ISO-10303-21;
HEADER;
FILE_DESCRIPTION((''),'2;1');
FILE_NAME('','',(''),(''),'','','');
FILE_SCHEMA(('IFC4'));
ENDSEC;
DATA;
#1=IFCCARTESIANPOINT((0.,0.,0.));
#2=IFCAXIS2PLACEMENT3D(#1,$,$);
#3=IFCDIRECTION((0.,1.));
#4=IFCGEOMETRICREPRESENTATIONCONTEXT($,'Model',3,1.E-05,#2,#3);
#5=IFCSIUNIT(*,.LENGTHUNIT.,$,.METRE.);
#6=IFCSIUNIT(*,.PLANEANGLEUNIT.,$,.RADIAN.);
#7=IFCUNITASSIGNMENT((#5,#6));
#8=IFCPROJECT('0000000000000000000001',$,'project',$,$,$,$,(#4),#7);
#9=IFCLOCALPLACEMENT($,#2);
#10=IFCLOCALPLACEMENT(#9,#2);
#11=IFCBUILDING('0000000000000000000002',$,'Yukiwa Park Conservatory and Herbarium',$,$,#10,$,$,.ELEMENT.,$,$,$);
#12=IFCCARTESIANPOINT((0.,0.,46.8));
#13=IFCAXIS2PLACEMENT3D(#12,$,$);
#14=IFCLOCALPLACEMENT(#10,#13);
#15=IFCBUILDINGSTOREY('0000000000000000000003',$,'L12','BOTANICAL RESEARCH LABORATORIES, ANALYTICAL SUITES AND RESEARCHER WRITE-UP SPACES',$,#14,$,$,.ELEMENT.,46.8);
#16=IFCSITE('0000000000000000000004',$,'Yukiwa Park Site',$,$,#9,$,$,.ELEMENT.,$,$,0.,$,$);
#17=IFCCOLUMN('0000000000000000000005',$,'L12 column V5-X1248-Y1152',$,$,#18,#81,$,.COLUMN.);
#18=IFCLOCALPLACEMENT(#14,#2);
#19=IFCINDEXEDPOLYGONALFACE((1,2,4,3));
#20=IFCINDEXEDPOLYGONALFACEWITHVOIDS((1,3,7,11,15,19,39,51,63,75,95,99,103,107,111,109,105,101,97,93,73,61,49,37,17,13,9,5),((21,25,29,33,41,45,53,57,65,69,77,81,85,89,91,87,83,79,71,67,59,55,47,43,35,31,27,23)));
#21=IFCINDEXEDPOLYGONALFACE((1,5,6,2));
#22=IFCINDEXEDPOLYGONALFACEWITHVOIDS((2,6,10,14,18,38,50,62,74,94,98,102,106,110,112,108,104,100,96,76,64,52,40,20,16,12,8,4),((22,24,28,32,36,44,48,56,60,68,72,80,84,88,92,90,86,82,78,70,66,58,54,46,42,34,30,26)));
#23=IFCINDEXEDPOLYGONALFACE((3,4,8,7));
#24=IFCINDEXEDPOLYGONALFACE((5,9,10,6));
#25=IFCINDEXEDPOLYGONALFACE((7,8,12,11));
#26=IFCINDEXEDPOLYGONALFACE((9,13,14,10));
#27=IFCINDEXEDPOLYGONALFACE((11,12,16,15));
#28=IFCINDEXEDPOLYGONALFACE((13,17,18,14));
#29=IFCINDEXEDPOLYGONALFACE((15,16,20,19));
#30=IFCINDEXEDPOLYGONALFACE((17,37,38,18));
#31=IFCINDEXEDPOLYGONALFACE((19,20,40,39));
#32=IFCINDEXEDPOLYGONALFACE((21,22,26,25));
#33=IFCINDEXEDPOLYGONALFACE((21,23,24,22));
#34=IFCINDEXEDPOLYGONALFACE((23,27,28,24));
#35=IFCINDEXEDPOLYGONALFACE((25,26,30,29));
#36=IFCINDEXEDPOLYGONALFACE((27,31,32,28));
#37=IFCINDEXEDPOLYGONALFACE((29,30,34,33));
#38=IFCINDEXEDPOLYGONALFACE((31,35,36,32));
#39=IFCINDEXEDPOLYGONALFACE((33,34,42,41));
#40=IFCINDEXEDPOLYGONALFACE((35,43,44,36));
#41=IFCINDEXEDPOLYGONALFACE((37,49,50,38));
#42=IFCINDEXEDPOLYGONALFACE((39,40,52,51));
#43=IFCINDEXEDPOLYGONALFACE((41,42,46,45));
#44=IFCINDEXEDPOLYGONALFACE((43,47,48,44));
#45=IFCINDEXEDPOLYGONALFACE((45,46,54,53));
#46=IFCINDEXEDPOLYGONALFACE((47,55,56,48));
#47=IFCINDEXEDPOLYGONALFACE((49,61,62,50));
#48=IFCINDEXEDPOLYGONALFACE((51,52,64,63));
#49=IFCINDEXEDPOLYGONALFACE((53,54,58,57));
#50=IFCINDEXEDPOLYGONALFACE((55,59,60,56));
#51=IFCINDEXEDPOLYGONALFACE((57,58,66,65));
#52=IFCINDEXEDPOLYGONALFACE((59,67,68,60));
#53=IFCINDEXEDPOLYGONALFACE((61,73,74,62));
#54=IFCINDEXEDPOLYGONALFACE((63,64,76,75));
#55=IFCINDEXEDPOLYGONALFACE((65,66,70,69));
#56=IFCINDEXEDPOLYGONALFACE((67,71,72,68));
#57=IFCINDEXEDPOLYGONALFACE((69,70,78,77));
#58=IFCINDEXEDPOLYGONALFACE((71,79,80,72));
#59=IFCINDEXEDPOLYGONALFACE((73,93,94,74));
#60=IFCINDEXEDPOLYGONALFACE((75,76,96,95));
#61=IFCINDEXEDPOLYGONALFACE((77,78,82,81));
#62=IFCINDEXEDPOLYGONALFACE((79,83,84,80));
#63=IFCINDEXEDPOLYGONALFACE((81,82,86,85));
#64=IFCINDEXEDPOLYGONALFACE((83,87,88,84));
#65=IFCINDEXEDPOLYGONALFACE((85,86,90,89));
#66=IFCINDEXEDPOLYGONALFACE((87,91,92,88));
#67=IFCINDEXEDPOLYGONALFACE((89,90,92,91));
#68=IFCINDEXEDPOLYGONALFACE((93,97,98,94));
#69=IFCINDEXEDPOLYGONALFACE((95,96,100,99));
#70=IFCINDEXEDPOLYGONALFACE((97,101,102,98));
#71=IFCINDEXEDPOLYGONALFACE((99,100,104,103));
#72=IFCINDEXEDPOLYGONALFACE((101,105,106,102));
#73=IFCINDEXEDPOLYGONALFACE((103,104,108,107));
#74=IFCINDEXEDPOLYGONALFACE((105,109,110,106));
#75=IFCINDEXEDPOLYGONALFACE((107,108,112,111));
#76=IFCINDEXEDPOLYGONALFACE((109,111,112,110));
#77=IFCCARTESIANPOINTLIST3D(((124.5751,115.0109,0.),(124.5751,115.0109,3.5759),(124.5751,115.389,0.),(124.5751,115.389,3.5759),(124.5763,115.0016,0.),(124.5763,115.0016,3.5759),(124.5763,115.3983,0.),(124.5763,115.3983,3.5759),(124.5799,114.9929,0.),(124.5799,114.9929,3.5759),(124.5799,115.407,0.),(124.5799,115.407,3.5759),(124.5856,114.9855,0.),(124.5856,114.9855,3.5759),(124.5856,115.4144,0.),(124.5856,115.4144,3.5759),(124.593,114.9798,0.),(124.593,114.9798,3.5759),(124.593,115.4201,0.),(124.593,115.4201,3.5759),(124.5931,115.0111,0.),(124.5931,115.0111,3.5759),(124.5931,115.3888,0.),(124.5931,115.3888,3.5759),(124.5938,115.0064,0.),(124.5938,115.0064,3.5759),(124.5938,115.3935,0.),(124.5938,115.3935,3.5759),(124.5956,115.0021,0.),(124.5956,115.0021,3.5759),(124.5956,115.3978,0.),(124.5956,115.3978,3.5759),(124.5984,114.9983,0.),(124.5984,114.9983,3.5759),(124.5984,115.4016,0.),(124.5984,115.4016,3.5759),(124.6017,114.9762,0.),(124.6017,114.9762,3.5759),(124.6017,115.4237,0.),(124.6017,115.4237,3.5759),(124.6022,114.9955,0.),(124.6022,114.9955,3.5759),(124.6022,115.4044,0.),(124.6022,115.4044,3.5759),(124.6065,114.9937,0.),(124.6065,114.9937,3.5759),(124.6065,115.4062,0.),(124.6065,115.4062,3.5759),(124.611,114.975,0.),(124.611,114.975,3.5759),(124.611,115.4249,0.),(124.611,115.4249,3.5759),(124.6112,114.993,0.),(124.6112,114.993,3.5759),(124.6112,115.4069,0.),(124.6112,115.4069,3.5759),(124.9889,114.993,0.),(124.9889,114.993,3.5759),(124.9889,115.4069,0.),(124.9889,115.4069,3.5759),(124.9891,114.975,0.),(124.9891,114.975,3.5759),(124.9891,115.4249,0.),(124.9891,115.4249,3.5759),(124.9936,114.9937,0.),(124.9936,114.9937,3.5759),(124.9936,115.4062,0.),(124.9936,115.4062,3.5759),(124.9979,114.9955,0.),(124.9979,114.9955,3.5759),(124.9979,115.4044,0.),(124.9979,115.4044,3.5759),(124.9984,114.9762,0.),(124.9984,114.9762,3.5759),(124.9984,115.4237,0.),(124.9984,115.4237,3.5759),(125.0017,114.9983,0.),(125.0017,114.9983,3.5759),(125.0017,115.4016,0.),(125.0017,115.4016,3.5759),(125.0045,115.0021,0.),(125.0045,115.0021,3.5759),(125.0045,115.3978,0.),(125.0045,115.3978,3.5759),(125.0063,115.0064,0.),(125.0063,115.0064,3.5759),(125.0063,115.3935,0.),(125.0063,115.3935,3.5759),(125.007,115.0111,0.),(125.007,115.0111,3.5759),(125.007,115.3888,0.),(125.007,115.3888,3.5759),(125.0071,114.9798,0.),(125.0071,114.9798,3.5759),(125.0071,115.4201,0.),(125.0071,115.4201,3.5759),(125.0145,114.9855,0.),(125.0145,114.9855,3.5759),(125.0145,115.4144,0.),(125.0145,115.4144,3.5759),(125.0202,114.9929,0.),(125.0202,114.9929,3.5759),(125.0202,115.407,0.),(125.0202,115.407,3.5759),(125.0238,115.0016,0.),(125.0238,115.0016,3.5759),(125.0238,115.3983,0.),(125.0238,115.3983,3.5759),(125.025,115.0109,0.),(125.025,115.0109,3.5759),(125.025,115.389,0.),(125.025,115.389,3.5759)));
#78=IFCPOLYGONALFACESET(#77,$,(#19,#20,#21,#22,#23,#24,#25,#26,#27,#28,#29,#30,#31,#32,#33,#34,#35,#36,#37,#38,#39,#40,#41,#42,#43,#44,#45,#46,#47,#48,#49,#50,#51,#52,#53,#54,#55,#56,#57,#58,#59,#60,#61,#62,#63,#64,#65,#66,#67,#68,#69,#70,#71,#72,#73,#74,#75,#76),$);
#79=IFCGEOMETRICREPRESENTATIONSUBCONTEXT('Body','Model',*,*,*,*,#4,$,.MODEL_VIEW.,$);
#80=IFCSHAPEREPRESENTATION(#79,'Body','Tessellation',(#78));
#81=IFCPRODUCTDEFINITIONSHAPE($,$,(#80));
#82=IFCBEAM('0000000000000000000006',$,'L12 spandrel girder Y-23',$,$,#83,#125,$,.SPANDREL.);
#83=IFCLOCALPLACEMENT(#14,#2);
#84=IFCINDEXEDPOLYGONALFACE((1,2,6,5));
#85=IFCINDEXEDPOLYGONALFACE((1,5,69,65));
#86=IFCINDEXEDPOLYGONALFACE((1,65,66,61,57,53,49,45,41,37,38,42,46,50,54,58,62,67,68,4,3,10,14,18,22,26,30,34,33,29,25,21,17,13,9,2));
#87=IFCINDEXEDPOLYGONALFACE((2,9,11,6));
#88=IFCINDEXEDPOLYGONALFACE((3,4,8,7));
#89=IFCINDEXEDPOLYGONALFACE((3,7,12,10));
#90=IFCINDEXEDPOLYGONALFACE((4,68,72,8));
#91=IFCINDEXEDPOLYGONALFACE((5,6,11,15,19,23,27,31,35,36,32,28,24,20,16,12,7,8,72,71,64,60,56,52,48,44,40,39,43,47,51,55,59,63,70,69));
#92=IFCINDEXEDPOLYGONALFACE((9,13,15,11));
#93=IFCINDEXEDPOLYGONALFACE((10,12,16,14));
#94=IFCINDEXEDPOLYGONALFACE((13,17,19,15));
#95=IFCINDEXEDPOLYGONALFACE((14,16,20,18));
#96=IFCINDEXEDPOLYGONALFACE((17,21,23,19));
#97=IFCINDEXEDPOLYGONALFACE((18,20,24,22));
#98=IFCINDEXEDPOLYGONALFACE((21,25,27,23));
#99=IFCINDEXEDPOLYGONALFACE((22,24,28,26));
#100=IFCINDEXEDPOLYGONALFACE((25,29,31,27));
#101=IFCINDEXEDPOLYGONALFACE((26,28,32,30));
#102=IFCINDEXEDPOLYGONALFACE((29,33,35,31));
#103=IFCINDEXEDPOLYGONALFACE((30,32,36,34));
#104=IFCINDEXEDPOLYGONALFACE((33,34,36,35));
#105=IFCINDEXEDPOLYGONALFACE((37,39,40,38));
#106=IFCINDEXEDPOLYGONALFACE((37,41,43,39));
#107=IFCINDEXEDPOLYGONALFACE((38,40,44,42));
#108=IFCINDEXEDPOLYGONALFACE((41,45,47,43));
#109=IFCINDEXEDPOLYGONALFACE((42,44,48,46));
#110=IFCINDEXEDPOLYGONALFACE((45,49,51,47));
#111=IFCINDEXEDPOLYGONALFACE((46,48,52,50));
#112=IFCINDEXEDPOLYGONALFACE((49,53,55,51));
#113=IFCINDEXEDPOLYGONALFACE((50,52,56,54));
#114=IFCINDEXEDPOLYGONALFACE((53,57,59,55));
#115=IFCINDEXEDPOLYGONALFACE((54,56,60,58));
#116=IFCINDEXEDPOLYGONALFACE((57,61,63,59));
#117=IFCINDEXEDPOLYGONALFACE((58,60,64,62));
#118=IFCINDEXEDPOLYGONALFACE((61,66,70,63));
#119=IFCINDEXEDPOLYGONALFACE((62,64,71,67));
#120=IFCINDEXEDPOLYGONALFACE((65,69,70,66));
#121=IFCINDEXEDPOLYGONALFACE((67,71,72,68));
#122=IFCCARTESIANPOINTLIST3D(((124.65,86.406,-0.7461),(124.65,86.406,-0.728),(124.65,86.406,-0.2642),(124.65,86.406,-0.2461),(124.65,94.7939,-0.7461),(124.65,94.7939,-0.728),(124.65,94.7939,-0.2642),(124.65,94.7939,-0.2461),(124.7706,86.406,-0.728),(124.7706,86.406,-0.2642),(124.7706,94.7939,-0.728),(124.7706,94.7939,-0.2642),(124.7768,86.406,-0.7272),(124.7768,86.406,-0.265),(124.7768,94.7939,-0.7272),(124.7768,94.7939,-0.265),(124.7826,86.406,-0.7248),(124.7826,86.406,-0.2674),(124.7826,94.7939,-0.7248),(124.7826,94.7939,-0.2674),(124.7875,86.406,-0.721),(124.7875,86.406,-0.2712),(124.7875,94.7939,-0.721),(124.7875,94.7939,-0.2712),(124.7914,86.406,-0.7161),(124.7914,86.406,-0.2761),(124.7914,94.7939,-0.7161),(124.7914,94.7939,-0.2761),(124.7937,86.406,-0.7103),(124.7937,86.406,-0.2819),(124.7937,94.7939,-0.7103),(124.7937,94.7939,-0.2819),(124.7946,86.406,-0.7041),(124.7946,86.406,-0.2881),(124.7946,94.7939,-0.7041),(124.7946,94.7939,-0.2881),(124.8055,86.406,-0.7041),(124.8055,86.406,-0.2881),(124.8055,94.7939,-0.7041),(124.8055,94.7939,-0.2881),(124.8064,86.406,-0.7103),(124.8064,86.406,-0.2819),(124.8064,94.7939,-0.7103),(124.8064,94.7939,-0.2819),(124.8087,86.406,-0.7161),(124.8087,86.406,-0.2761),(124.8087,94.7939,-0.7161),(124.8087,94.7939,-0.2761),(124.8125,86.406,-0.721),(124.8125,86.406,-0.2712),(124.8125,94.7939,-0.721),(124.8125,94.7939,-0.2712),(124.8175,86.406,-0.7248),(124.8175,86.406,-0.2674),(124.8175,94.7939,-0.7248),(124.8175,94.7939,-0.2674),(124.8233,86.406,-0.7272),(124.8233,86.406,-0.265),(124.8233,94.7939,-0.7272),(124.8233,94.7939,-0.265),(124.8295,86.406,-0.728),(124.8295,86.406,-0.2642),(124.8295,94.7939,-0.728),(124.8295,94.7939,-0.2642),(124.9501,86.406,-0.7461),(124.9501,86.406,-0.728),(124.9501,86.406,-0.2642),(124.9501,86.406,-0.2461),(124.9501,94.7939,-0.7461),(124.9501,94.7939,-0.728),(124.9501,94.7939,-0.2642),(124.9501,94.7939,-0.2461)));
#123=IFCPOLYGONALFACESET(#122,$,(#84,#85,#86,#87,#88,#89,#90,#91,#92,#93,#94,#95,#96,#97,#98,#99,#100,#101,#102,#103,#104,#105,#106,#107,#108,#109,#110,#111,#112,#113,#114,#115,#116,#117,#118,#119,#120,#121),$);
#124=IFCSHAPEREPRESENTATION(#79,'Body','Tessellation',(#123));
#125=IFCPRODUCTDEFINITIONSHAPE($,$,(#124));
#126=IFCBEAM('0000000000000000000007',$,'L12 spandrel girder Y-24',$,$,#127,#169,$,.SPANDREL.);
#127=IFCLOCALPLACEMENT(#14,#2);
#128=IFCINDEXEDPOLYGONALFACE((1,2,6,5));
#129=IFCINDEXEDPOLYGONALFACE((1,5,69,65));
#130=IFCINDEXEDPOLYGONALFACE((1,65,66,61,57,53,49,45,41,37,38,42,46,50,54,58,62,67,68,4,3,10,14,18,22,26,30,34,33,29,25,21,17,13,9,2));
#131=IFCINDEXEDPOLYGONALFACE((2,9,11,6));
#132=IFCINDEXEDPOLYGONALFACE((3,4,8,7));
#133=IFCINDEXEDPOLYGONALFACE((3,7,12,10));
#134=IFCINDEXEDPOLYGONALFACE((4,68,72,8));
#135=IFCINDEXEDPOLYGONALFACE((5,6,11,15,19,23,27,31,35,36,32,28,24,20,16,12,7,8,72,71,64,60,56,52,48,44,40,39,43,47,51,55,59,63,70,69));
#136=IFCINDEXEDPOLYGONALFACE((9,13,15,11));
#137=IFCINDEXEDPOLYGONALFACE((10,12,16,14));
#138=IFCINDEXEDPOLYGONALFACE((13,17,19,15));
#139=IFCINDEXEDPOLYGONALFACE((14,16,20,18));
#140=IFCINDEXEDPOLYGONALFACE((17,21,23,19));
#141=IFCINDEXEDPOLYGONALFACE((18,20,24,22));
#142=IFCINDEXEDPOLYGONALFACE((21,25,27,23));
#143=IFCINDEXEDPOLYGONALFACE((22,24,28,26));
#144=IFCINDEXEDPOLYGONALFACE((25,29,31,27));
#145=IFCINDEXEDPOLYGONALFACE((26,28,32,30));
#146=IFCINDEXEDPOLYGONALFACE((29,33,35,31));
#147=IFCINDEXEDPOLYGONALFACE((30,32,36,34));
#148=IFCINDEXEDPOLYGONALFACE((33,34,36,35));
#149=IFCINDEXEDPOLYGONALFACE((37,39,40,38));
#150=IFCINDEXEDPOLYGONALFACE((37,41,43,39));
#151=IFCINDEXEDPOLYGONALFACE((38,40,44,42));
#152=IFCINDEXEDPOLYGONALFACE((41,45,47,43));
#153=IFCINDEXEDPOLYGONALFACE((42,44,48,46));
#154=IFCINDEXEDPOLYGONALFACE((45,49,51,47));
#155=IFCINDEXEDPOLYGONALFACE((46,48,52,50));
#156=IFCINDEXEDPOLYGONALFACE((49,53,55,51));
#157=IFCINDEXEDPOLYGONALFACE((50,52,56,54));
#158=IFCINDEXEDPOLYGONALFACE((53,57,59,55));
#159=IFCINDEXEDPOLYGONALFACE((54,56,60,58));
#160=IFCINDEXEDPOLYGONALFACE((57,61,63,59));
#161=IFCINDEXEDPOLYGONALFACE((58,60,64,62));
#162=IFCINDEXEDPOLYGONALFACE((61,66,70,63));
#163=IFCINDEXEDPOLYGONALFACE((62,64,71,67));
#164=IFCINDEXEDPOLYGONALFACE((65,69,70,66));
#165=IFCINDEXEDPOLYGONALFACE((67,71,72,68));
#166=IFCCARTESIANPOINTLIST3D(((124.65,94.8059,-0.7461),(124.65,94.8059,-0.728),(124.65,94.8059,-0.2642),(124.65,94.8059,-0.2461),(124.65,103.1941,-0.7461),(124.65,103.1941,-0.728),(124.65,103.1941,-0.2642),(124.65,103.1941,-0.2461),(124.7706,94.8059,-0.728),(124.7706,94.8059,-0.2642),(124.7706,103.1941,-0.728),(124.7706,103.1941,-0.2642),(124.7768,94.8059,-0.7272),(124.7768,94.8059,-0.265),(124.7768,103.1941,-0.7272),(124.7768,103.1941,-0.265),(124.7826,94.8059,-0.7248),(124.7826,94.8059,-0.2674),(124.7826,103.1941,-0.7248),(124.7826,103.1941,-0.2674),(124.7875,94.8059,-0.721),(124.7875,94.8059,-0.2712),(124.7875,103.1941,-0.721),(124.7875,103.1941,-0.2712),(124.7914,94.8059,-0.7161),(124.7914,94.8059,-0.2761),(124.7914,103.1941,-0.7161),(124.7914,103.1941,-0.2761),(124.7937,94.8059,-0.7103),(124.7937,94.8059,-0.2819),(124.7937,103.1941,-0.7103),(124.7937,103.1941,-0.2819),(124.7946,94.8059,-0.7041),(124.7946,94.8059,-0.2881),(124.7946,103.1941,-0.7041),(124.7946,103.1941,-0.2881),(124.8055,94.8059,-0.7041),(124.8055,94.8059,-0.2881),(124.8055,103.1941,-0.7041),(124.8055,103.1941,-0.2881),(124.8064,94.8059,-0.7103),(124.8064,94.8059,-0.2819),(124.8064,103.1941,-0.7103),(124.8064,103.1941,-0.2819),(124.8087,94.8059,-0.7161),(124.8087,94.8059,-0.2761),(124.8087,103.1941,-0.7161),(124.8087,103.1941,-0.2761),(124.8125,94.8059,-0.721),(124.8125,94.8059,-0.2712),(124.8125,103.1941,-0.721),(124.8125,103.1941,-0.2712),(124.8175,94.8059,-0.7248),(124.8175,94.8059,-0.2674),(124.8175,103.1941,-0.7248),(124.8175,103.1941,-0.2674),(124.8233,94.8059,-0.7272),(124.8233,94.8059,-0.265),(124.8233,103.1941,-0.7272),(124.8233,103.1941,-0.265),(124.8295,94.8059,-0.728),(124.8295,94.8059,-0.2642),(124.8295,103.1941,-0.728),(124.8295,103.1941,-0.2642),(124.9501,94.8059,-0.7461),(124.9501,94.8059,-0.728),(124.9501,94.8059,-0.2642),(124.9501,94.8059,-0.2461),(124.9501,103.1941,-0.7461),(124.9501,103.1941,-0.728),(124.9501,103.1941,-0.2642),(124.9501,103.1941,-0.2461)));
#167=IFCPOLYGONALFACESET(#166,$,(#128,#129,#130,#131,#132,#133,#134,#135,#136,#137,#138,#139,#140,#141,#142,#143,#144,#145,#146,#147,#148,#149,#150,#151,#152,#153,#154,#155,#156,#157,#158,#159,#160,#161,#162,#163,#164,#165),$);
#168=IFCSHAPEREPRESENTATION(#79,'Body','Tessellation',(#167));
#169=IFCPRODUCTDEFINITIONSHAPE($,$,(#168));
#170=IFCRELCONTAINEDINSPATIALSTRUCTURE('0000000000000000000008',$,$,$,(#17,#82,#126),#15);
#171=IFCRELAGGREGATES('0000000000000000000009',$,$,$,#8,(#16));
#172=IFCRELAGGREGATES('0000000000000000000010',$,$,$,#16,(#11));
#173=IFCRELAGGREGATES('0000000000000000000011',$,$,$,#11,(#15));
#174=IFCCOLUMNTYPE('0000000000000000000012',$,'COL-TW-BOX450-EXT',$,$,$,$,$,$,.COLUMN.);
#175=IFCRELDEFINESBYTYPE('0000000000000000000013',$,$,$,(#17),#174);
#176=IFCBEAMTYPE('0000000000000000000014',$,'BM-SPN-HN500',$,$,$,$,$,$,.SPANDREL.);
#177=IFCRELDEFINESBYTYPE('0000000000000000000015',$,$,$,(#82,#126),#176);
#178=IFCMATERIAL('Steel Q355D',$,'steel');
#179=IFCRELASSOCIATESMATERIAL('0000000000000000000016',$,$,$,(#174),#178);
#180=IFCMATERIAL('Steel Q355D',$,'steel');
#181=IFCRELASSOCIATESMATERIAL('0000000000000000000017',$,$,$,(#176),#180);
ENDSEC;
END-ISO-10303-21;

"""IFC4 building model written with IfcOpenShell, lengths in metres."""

from ifc_helpers import new_model, si_unit, direction, frame, origin, origin_2d, place, context, subcontext, project, spatial, hollow_rectangle, i_section, extrude, material, material_profile, profile_set, type_object, element, save


model = new_model("IFC4")

# Units and contexts
model_context = context("Model", 3, precision=1e-05, world=origin(), true_north=direction((0.0, 1.0)))
body_context = subcontext(model_context, "Body", "Model", "MODEL_VIEW")
ifc_project = project(units=[si_unit("LENGTHUNIT", "METRE"), si_unit("PLANEANGLEUNIT", "RADIAN")], contexts=[model_context])

# Site, building, storey
site_placement = place(None, origin())
site = spatial("IfcSite", under=ifc_project, at=site_placement, Name="Yukiwa Park Site", CompositionType="ELEMENT", RefElevation=0.0)
building_placement = place(site_placement, origin())
building = spatial("IfcBuilding", under=site, at=building_placement, Name="Yukiwa Park Conservatory and Herbarium", CompositionType="ELEMENT")
storey_placement = place(building_placement, frame((0.0, 0.0, 46.8)))
storey = spatial("IfcBuildingStorey", under=building, at=storey_placement, Name="L12", Description="BOTANICAL RESEARCH LABORATORIES, ANALYTICAL SUITES AND RESEARCHER WRITE-UP SPACES", CompositionType="ELEMENT", Elevation=46.8)

# Column
ifc_material_1 = material(Name="Steel Q355D", Category="steel")
ifc_material_profile_1 = material_profile(ifc_material_1, hollow_rectangle(XDim=0.45, YDim=0.45, WallThickness=0.0181, InnerFilletRadius=0.0181, OuterFilletRadius=0.0359, at=origin_2d()), Name="BOX 450x450x18")
ifc_profile_set_1 = profile_set([ifc_material_profile_1], Name="Steel Q355D")
column_type = type_object("IfcColumnType", Name="COL-TW-BOX450-EXT", PredefinedType="COLUMN", material=ifc_profile_set_1)
for number, where, z_axis, x_axis, name in (
    (1, (124.8, 115.2, 0.0), (0.0, 0.0, 1.0), (1.0, 0.0, 0.0), "L12 column V5-X1248-Y1152"),
):
    element("IfcColumn", number, at=place(storey_placement, frame(where, z_axis=z_axis, x_axis=x_axis)), inside=storey, type_object=column_type, Name=name, PredefinedType="COLUMN", context=body_context, shape_type="SweptSolid", body=[
        extrude(hollow_rectangle(XDim=0.45, YDim=0.45, WallThickness=0.0181, InnerFilletRadius=0.0181, OuterFilletRadius=0.0359, at=origin_2d()), origin(), (0.0, 0.0, 1.0), 3.5759),
    ])

# Beams
ifc_material_2 = material(Name="Steel Q355D", Category="steel")
ifc_material_profile_2 = material_profile(ifc_material_2, i_section(OverallWidth=0.3, OverallDepth=0.5, WebThickness=0.011, FlangeThickness=0.0181, FilletRadius=0.0239, at=origin_2d()), Name="HM 500x300x11x18")
ifc_profile_set_2 = profile_set([ifc_material_profile_2], Name="Steel Q355D")
beam_type_1 = type_object("IfcBeamType", Name="BM-SPN-HN500", PredefinedType="SPANDREL", material=ifc_profile_set_2)
beam_1_placement = place(storey_placement, frame((124.8, 86.406, -0.4961), z_axis=(0.0, 1.0, 0.0), x_axis=(-1.0, 0.0, 0.0)))
element("IfcBeam", 2, at=beam_1_placement, inside=storey, type_object=beam_type_1, Name="L12 spandrel girder Y-23", PredefinedType="SPANDREL", context=body_context, shape_type="SweptSolid", body=[
    extrude(i_section(OverallWidth=0.3, OverallDepth=0.5, WebThickness=0.011, FlangeThickness=0.0181, FilletRadius=0.0239, at=origin_2d()), origin(), (0.0, 0.0, 1.0), 8.3879),
])
beam_2_placement = place(storey_placement, frame((124.8, 94.8059, -0.4961), z_axis=(0.0, 1.0, 0.0), x_axis=(-1.0, 0.0, 0.0)))
element("IfcBeam", 3, at=beam_2_placement, inside=storey, type_object=beam_type_1, Name="L12 spandrel girder Y-24", PredefinedType="SPANDREL", context=body_context, shape_type="SweptSolid", body=[
    extrude(i_section(OverallWidth=0.3, OverallDepth=0.5, WebThickness=0.011, FlangeThickness=0.0181, FilletRadius=0.0239, at=origin_2d()), origin(), (0.0, 0.0, 1.0), 8.3882),
])

save(model, "model.ifc")
